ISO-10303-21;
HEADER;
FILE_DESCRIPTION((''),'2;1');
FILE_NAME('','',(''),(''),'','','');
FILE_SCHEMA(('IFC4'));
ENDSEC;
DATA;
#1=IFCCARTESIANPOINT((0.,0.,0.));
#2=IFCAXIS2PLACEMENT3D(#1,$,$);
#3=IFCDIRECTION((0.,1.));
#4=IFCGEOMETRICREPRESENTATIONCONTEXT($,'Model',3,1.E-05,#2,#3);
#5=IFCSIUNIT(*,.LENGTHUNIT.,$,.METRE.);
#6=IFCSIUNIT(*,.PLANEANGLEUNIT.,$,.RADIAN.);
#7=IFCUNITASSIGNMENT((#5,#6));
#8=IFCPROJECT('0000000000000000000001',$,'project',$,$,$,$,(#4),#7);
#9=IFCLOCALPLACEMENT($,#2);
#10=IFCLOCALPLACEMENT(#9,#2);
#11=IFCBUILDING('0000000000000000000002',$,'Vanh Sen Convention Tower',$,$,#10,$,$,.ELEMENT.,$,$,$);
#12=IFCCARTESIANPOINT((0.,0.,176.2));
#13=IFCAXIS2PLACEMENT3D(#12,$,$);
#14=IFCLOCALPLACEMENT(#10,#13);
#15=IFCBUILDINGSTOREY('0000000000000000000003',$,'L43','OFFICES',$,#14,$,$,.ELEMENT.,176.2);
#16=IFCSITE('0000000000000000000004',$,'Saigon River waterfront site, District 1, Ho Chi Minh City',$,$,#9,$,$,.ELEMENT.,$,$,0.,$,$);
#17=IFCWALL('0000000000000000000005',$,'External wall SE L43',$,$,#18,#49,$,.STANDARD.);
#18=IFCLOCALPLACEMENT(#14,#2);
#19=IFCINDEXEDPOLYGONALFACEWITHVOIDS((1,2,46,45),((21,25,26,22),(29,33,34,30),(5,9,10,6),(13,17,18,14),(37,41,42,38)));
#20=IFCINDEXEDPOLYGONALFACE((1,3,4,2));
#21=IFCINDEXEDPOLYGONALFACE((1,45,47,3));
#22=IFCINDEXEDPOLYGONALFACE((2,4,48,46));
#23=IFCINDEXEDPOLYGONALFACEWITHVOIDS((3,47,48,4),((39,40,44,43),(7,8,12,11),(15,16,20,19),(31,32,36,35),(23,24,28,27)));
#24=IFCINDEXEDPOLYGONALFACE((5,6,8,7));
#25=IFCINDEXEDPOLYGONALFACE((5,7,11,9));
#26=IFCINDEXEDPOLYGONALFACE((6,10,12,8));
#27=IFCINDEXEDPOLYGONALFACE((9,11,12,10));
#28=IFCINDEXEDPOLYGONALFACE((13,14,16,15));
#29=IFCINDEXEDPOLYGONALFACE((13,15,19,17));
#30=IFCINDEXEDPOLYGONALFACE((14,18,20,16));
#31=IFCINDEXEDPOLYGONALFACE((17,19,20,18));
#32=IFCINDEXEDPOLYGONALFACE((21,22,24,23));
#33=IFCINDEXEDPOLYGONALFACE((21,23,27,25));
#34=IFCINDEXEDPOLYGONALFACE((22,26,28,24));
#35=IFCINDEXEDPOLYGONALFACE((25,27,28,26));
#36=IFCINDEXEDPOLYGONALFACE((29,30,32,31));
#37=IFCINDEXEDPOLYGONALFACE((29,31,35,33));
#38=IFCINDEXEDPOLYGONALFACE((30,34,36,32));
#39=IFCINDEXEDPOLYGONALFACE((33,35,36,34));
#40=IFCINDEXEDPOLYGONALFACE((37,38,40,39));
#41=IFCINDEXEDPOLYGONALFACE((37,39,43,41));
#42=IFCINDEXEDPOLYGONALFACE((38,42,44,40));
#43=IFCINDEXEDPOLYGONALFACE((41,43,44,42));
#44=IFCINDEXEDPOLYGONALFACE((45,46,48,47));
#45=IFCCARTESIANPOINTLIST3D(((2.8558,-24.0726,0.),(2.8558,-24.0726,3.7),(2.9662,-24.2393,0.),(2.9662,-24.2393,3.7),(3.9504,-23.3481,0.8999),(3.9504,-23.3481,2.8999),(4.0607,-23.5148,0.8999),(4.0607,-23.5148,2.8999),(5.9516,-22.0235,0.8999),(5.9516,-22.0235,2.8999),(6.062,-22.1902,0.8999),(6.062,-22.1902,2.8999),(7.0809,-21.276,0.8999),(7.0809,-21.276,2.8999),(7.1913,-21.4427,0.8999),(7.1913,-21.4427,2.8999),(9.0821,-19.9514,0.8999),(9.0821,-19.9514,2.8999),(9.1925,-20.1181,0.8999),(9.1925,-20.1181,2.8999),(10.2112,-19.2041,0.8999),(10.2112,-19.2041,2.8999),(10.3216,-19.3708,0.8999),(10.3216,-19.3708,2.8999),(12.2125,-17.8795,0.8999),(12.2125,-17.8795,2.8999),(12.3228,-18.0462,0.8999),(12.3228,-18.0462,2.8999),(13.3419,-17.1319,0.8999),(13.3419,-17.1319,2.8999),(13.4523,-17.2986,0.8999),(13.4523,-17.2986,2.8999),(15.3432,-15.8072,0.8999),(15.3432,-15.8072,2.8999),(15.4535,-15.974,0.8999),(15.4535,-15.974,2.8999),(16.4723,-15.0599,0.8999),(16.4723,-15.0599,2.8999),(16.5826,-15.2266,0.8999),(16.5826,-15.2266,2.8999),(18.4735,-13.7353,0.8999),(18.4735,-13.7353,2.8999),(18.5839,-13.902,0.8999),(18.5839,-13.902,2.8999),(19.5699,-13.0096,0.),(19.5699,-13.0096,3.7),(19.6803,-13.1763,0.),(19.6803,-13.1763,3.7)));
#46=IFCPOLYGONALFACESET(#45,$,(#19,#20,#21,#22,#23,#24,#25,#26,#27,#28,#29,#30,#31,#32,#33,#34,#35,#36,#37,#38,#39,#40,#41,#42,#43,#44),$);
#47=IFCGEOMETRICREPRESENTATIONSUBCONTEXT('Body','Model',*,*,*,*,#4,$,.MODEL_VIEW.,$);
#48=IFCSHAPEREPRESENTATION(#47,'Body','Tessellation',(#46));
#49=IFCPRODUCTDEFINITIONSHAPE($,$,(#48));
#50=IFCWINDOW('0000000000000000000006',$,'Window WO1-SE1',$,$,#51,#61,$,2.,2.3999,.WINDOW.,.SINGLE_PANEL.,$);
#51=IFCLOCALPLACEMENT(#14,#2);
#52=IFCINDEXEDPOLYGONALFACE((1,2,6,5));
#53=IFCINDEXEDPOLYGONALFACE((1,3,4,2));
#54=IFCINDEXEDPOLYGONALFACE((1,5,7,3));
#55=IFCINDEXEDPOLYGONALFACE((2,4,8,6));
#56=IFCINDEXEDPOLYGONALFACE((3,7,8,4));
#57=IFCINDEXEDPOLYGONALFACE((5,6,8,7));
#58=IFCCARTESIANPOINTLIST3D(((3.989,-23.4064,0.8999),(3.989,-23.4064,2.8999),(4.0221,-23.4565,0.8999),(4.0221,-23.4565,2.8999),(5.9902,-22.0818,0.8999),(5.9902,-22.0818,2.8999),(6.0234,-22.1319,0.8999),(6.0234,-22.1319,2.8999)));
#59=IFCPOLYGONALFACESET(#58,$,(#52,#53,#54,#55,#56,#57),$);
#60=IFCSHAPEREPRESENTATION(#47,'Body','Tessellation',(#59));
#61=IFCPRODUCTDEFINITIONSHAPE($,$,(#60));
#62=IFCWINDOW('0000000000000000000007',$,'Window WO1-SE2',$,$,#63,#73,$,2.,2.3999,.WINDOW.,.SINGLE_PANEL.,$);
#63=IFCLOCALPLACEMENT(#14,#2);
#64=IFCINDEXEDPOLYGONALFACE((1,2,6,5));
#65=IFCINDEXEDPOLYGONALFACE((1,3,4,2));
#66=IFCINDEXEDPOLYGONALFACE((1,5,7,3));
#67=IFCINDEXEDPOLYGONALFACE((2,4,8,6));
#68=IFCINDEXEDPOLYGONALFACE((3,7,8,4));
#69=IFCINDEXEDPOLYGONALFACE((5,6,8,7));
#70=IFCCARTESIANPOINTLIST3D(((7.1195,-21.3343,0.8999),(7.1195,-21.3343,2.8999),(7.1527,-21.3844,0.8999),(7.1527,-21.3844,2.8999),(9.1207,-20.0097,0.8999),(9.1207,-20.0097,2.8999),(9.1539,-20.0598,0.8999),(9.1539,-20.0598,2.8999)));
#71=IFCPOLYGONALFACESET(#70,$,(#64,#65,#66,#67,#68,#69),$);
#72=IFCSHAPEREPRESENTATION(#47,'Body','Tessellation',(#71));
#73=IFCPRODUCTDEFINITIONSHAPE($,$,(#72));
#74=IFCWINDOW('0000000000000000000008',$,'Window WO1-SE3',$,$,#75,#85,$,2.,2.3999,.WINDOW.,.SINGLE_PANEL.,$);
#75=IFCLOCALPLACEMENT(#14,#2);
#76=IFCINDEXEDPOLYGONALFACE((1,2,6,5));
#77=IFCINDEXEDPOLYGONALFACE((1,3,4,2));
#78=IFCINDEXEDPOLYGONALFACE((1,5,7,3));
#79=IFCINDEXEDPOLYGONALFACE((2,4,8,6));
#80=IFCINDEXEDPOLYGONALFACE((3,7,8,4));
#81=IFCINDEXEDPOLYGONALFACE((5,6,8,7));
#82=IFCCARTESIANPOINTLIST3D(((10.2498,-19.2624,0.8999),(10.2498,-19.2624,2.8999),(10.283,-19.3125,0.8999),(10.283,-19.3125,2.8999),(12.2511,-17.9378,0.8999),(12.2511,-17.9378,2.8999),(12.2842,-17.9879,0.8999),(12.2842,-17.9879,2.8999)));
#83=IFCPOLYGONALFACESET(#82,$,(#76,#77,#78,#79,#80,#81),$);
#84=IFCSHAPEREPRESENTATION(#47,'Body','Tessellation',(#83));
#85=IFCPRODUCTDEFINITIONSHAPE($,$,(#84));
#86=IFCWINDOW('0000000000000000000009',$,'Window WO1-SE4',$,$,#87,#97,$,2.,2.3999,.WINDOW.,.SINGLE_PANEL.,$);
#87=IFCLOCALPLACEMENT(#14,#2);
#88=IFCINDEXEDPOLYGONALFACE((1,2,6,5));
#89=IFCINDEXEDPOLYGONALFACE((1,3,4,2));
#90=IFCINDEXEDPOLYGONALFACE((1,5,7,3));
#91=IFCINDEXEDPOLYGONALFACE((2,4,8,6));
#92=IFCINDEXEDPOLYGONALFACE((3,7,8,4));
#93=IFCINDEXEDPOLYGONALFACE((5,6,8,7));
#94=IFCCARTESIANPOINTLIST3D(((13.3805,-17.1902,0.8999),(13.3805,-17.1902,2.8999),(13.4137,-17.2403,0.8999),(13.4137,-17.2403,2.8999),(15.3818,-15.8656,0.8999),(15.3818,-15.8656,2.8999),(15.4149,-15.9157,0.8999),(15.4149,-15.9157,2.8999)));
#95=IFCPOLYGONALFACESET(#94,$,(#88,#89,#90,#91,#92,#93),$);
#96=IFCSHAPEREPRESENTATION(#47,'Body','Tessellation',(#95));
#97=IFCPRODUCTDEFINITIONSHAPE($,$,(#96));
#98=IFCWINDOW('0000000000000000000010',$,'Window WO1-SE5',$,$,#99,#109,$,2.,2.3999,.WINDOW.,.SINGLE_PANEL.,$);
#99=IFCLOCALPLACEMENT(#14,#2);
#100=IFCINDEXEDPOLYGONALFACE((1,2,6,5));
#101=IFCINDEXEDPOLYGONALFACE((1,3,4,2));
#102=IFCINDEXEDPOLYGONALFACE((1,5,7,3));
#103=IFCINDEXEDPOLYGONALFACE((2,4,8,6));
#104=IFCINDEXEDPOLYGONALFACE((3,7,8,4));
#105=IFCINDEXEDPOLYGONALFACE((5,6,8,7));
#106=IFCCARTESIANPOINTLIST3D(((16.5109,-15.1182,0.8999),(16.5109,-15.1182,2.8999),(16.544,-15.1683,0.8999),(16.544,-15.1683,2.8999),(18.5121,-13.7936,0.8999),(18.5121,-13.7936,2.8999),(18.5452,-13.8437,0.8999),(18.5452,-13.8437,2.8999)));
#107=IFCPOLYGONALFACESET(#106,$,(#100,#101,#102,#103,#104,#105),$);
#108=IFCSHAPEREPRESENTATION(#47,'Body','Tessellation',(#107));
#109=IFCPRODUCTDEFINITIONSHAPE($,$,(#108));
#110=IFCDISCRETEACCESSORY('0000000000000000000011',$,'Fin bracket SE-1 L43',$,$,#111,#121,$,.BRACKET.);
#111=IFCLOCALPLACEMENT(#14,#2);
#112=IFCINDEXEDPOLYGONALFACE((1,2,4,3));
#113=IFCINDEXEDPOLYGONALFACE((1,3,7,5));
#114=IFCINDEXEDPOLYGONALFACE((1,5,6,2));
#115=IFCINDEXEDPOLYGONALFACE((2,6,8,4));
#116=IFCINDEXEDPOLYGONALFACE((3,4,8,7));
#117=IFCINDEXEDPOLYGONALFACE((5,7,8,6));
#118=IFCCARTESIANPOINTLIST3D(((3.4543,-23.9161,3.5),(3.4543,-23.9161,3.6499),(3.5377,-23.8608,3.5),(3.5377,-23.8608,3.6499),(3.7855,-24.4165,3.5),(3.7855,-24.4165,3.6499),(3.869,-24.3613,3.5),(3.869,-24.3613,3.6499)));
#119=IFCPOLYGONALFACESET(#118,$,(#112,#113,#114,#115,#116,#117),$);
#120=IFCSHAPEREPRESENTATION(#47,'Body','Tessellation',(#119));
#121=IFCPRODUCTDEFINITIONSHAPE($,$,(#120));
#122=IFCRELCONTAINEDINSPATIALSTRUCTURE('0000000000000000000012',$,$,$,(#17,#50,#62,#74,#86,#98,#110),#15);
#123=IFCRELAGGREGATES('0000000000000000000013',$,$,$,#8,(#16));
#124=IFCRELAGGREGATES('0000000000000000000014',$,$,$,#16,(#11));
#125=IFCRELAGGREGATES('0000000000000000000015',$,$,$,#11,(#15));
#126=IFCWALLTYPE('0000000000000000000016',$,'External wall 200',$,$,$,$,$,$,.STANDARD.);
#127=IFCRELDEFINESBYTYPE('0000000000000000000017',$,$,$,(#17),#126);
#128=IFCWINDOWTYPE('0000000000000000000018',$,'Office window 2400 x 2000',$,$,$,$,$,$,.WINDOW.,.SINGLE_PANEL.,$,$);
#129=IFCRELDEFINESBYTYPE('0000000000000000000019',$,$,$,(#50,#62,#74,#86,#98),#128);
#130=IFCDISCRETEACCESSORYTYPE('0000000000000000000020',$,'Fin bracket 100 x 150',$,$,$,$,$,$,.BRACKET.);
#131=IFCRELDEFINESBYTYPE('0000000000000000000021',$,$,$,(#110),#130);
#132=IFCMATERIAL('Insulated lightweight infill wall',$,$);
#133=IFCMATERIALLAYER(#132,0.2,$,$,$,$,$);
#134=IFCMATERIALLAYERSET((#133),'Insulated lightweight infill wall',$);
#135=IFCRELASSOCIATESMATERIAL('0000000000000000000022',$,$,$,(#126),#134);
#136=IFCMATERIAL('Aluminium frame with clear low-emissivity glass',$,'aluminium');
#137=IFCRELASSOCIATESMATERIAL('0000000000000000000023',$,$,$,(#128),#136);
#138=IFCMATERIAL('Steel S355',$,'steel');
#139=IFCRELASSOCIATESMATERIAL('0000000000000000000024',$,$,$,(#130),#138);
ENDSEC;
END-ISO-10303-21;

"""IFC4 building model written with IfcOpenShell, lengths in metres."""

from ifc_helpers import new_model, si_unit, direction, frame, frame_2d, origin, origin_2d, place, context, subcontext, project, spatial, rectangle, extrude, material, layer, layer_set, type_object, element, fill, save


model = new_model("IFC4")

# Units and contexts
model_context = context("Model", 3, precision=1e-05, world=origin(), true_north=direction((0.0, 1.0)))
body_context = subcontext(model_context, "Body", "Model", "MODEL_VIEW")
ifc_project = project(units=[si_unit("LENGTHUNIT", "METRE"), si_unit("PLANEANGLEUNIT", "RADIAN")], contexts=[model_context])

# Site, building, storey
site_placement = place(None, origin())
site = spatial("IfcSite", under=ifc_project, at=site_placement, Name="Saigon River waterfront site, District 1, Ho Chi Minh City", CompositionType="ELEMENT", RefElevation=0.0)
building_placement = place(site_placement, origin())
building = spatial("IfcBuilding", under=site, at=building_placement, Name="Vanh Sen Convention Tower", CompositionType="ELEMENT")
storey_placement = place(building_placement, frame((0.0, 0.0, 176.2)))
storey = spatial("IfcBuildingStorey", under=building, at=storey_placement, Name="L43", Description="OFFICES", CompositionType="ELEMENT", Elevation=176.2)

# Wall, openings, windows
ifc_material_1 = material(Name="Insulated lightweight infill wall")
ifc_layer_1 = layer(ifc_material_1, 0.2)
ifc_layer_set_1 = layer_set([ifc_layer_1], Name="Insulated lightweight infill wall")
wall_type_1 = type_object("IfcWallType", Name="External wall 200", PredefinedType="STANDARD", material=ifc_layer_set_1)
wall_1_placement = place(storey_placement, frame((2.9109, -24.156, 0.0), z_axis=(0.0, 0.0, 1.0), x_axis=(0.833882, 0.551943, 0.0)))
wall_1 = element("IfcWall", 1, at=wall_1_placement, inside=storey, type_object=wall_type_1, Name="External wall SE L43", PredefinedType="STANDARD", context=body_context, shape_type="SweptSolid", body=[
    extrude(rectangle(XDim=20.0437, YDim=0.2, at=frame_2d((10.022, 0.0))), origin(), (0.0, 0.0, 1.0), 3.7),
])
opening_1_placement = place(wall_1_placement, frame((1.3127, 0.0, 0.8999)))
opening_1 = element("IfcOpeningElement", 2, at=opening_1_placement, cuts=wall_1, PredefinedType="OPENING", context=body_context, shape_type="SweptSolid", body=[
    extrude(rectangle(XDim=2.3999, YDim=2.0, at=frame_2d((1.2, 1.0))), frame((0.0, 0.1099, 0.0), z_axis=(0.0, -1.0, 0.0), x_axis=(1.0, 0.0, 0.0)), (0.0, 0.0, 1.0), 0.22),
])
opening_2_placement = place(wall_1_placement, frame((5.0669, 0.0, 0.8999)))
opening_2 = element("IfcOpeningElement", 3, at=opening_2_placement, cuts=wall_1, PredefinedType="OPENING", context=body_context, shape_type="SweptSolid", body=[
    extrude(rectangle(XDim=2.3999, YDim=2.0, at=frame_2d((1.2, 1.0))), frame((0.0, 0.1099, 0.0), z_axis=(0.0, -1.0, 0.0), x_axis=(1.0, 0.0, 0.0)), (0.0, 0.0, 1.0), 0.22),
])
opening_3_placement = place(wall_1_placement, frame((8.8208, 0.0, 0.8999)))
opening_3 = element("IfcOpeningElement", 4, at=opening_3_placement, cuts=wall_1, PredefinedType="OPENING", context=body_context, shape_type="SweptSolid", body=[
    extrude(rectangle(XDim=2.3999, YDim=2.0, at=frame_2d((1.2, 1.0))), frame((0.0, 0.1099, 0.0), z_axis=(0.0, -1.0, 0.0), x_axis=(1.0, 0.0, 0.0)), (0.0, 0.0, 1.0), 0.22),
])
opening_4_placement = place(wall_1_placement, frame((12.5752, 0.0, 0.8999)))
opening_4 = element("IfcOpeningElement", 5, at=opening_4_placement, cuts=wall_1, PredefinedType="OPENING", context=body_context, shape_type="SweptSolid", body=[
    extrude(rectangle(XDim=2.3999, YDim=2.0, at=frame_2d((1.2, 1.0))), frame((0.0, 0.1099, 0.0), z_axis=(0.0, -1.0, 0.0), x_axis=(1.0, 0.0, 0.0)), (0.0, 0.0, 1.0), 0.22),
])
opening_5_placement = place(wall_1_placement, frame((16.3291, 0.0, 0.8999)))
opening_5 = element("IfcOpeningElement", 6, at=opening_5_placement, cuts=wall_1, PredefinedType="OPENING", context=body_context, shape_type="SweptSolid", body=[
    extrude(rectangle(XDim=2.3999, YDim=2.0, at=frame_2d((1.2, 1.0))), frame((0.0, 0.1099, 0.0), z_axis=(0.0, -1.0, 0.0), x_axis=(1.0, 0.0, 0.0)), (0.0, 0.0, 1.0), 0.22),
])
ifc_material_2 = material(Name="Aluminium frame with clear low-emissivity glass", Category="aluminium")
window_type = type_object("IfcWindowType", Name="Office window 2400 x 2000", PartitioningType="SINGLE_PANEL", PredefinedType="WINDOW", material=ifc_material_2)
window_1_placement = place(opening_1_placement, origin())
window_1 = element("IfcWindow", 7, at=window_1_placement, inside=storey, type_object=window_type, Name="Window WO1-SE1", OverallHeight=2.0, OverallWidth=2.3999, PartitioningType="SINGLE_PANEL", PredefinedType="WINDOW", context=body_context, shape_type="SweptSolid", body=[
    extrude(rectangle(XDim=2.3999, YDim=2.0, at=frame_2d((1.2, 1.0))), frame((0.0, 0.03, 0.0), z_axis=(0.0, -1.0, 0.0), x_axis=(1.0, 0.0, 0.0)), (0.0, 0.0, 1.0), 0.0601),
])
fill(opening_1, window_1)
window_2_placement = place(opening_2_placement, origin())
window_2 = element("IfcWindow", 8, at=window_2_placement, inside=storey, type_object=window_type, Name="Window WO1-SE2", OverallHeight=2.0, OverallWidth=2.3999, PartitioningType="SINGLE_PANEL", PredefinedType="WINDOW", context=body_context, shape_type="SweptSolid", body=[
    extrude(rectangle(XDim=2.3999, YDim=2.0, at=frame_2d((1.2, 1.0))), frame((0.0, 0.03, 0.0), z_axis=(0.0, -1.0, 0.0), x_axis=(1.0, 0.0, 0.0)), (0.0, 0.0, 1.0), 0.0601),
])
fill(opening_2, window_2)
window_3_placement = place(opening_3_placement, origin())
window_3 = element("IfcWindow", 9, at=window_3_placement, inside=storey, type_object=window_type, Name="Window WO1-SE3", OverallHeight=2.0, OverallWidth=2.3999, PartitioningType="SINGLE_PANEL", PredefinedType="WINDOW", context=body_context, shape_type="SweptSolid", body=[
    extrude(rectangle(XDim=2.3999, YDim=2.0, at=frame_2d((1.2, 1.0))), frame((0.0, 0.03, 0.0), z_axis=(0.0, -1.0, 0.0), x_axis=(1.0, 0.0, 0.0)), (0.0, 0.0, 1.0), 0.0601),
])
fill(opening_3, window_3)
window_4_placement = place(opening_4_placement, origin())
window_4 = element("IfcWindow", 10, at=window_4_placement, inside=storey, type_object=window_type, Name="Window WO1-SE4", OverallHeight=2.0, OverallWidth=2.3999, PartitioningType="SINGLE_PANEL", PredefinedType="WINDOW", context=body_context, shape_type="SweptSolid", body=[
    extrude(rectangle(XDim=2.3999, YDim=2.0, at=frame_2d((1.2, 1.0))), frame((0.0, 0.03, 0.0), z_axis=(0.0, -1.0, 0.0), x_axis=(1.0, 0.0, 0.0)), (0.0, 0.0, 1.0), 0.0601),
])
fill(opening_4, window_4)
window_5_placement = place(opening_5_placement, origin())
window_5 = element("IfcWindow", 11, at=window_5_placement, inside=storey, type_object=window_type, Name="Window WO1-SE5", OverallHeight=2.0, OverallWidth=2.3999, PartitioningType="SINGLE_PANEL", PredefinedType="WINDOW", context=body_context, shape_type="SweptSolid", body=[
    extrude(rectangle(XDim=2.3999, YDim=2.0, at=frame_2d((1.2, 1.0))), frame((0.0, 0.03, 0.0), z_axis=(0.0, -1.0, 0.0), x_axis=(1.0, 0.0, 0.0)), (0.0, 0.0, 1.0), 0.0601),
])
fill(opening_5, window_5)

# Discrete accessory
ifc_material_3 = material(Name="Steel S355", Category="steel")
discrete_accessory_type = type_object("IfcDiscreteAccessoryType", Name="Fin bracket 100 x 150", PredefinedType="BRACKET", material=ifc_material_3)
discrete_accessory_placement = place(storey_placement, frame((3.6616, -24.1387, 3.5), z_axis=(0.0, 0.0, 1.0), x_axis=(0.551937, -0.833886, 0.0)))
element("IfcDiscreteAccessory", 12, at=discrete_accessory_placement, inside=storey, type_object=discrete_accessory_type, Name="Fin bracket SE-1 L43", PredefinedType="BRACKET", context=body_context, shape_type="SweptSolid", body=[
    extrude(rectangle(XDim=0.6001, YDim=0.1001, at=origin_2d()), origin(), (0.0, 0.0, 1.0), 0.1499),
])

save(model, "model.ifc")
